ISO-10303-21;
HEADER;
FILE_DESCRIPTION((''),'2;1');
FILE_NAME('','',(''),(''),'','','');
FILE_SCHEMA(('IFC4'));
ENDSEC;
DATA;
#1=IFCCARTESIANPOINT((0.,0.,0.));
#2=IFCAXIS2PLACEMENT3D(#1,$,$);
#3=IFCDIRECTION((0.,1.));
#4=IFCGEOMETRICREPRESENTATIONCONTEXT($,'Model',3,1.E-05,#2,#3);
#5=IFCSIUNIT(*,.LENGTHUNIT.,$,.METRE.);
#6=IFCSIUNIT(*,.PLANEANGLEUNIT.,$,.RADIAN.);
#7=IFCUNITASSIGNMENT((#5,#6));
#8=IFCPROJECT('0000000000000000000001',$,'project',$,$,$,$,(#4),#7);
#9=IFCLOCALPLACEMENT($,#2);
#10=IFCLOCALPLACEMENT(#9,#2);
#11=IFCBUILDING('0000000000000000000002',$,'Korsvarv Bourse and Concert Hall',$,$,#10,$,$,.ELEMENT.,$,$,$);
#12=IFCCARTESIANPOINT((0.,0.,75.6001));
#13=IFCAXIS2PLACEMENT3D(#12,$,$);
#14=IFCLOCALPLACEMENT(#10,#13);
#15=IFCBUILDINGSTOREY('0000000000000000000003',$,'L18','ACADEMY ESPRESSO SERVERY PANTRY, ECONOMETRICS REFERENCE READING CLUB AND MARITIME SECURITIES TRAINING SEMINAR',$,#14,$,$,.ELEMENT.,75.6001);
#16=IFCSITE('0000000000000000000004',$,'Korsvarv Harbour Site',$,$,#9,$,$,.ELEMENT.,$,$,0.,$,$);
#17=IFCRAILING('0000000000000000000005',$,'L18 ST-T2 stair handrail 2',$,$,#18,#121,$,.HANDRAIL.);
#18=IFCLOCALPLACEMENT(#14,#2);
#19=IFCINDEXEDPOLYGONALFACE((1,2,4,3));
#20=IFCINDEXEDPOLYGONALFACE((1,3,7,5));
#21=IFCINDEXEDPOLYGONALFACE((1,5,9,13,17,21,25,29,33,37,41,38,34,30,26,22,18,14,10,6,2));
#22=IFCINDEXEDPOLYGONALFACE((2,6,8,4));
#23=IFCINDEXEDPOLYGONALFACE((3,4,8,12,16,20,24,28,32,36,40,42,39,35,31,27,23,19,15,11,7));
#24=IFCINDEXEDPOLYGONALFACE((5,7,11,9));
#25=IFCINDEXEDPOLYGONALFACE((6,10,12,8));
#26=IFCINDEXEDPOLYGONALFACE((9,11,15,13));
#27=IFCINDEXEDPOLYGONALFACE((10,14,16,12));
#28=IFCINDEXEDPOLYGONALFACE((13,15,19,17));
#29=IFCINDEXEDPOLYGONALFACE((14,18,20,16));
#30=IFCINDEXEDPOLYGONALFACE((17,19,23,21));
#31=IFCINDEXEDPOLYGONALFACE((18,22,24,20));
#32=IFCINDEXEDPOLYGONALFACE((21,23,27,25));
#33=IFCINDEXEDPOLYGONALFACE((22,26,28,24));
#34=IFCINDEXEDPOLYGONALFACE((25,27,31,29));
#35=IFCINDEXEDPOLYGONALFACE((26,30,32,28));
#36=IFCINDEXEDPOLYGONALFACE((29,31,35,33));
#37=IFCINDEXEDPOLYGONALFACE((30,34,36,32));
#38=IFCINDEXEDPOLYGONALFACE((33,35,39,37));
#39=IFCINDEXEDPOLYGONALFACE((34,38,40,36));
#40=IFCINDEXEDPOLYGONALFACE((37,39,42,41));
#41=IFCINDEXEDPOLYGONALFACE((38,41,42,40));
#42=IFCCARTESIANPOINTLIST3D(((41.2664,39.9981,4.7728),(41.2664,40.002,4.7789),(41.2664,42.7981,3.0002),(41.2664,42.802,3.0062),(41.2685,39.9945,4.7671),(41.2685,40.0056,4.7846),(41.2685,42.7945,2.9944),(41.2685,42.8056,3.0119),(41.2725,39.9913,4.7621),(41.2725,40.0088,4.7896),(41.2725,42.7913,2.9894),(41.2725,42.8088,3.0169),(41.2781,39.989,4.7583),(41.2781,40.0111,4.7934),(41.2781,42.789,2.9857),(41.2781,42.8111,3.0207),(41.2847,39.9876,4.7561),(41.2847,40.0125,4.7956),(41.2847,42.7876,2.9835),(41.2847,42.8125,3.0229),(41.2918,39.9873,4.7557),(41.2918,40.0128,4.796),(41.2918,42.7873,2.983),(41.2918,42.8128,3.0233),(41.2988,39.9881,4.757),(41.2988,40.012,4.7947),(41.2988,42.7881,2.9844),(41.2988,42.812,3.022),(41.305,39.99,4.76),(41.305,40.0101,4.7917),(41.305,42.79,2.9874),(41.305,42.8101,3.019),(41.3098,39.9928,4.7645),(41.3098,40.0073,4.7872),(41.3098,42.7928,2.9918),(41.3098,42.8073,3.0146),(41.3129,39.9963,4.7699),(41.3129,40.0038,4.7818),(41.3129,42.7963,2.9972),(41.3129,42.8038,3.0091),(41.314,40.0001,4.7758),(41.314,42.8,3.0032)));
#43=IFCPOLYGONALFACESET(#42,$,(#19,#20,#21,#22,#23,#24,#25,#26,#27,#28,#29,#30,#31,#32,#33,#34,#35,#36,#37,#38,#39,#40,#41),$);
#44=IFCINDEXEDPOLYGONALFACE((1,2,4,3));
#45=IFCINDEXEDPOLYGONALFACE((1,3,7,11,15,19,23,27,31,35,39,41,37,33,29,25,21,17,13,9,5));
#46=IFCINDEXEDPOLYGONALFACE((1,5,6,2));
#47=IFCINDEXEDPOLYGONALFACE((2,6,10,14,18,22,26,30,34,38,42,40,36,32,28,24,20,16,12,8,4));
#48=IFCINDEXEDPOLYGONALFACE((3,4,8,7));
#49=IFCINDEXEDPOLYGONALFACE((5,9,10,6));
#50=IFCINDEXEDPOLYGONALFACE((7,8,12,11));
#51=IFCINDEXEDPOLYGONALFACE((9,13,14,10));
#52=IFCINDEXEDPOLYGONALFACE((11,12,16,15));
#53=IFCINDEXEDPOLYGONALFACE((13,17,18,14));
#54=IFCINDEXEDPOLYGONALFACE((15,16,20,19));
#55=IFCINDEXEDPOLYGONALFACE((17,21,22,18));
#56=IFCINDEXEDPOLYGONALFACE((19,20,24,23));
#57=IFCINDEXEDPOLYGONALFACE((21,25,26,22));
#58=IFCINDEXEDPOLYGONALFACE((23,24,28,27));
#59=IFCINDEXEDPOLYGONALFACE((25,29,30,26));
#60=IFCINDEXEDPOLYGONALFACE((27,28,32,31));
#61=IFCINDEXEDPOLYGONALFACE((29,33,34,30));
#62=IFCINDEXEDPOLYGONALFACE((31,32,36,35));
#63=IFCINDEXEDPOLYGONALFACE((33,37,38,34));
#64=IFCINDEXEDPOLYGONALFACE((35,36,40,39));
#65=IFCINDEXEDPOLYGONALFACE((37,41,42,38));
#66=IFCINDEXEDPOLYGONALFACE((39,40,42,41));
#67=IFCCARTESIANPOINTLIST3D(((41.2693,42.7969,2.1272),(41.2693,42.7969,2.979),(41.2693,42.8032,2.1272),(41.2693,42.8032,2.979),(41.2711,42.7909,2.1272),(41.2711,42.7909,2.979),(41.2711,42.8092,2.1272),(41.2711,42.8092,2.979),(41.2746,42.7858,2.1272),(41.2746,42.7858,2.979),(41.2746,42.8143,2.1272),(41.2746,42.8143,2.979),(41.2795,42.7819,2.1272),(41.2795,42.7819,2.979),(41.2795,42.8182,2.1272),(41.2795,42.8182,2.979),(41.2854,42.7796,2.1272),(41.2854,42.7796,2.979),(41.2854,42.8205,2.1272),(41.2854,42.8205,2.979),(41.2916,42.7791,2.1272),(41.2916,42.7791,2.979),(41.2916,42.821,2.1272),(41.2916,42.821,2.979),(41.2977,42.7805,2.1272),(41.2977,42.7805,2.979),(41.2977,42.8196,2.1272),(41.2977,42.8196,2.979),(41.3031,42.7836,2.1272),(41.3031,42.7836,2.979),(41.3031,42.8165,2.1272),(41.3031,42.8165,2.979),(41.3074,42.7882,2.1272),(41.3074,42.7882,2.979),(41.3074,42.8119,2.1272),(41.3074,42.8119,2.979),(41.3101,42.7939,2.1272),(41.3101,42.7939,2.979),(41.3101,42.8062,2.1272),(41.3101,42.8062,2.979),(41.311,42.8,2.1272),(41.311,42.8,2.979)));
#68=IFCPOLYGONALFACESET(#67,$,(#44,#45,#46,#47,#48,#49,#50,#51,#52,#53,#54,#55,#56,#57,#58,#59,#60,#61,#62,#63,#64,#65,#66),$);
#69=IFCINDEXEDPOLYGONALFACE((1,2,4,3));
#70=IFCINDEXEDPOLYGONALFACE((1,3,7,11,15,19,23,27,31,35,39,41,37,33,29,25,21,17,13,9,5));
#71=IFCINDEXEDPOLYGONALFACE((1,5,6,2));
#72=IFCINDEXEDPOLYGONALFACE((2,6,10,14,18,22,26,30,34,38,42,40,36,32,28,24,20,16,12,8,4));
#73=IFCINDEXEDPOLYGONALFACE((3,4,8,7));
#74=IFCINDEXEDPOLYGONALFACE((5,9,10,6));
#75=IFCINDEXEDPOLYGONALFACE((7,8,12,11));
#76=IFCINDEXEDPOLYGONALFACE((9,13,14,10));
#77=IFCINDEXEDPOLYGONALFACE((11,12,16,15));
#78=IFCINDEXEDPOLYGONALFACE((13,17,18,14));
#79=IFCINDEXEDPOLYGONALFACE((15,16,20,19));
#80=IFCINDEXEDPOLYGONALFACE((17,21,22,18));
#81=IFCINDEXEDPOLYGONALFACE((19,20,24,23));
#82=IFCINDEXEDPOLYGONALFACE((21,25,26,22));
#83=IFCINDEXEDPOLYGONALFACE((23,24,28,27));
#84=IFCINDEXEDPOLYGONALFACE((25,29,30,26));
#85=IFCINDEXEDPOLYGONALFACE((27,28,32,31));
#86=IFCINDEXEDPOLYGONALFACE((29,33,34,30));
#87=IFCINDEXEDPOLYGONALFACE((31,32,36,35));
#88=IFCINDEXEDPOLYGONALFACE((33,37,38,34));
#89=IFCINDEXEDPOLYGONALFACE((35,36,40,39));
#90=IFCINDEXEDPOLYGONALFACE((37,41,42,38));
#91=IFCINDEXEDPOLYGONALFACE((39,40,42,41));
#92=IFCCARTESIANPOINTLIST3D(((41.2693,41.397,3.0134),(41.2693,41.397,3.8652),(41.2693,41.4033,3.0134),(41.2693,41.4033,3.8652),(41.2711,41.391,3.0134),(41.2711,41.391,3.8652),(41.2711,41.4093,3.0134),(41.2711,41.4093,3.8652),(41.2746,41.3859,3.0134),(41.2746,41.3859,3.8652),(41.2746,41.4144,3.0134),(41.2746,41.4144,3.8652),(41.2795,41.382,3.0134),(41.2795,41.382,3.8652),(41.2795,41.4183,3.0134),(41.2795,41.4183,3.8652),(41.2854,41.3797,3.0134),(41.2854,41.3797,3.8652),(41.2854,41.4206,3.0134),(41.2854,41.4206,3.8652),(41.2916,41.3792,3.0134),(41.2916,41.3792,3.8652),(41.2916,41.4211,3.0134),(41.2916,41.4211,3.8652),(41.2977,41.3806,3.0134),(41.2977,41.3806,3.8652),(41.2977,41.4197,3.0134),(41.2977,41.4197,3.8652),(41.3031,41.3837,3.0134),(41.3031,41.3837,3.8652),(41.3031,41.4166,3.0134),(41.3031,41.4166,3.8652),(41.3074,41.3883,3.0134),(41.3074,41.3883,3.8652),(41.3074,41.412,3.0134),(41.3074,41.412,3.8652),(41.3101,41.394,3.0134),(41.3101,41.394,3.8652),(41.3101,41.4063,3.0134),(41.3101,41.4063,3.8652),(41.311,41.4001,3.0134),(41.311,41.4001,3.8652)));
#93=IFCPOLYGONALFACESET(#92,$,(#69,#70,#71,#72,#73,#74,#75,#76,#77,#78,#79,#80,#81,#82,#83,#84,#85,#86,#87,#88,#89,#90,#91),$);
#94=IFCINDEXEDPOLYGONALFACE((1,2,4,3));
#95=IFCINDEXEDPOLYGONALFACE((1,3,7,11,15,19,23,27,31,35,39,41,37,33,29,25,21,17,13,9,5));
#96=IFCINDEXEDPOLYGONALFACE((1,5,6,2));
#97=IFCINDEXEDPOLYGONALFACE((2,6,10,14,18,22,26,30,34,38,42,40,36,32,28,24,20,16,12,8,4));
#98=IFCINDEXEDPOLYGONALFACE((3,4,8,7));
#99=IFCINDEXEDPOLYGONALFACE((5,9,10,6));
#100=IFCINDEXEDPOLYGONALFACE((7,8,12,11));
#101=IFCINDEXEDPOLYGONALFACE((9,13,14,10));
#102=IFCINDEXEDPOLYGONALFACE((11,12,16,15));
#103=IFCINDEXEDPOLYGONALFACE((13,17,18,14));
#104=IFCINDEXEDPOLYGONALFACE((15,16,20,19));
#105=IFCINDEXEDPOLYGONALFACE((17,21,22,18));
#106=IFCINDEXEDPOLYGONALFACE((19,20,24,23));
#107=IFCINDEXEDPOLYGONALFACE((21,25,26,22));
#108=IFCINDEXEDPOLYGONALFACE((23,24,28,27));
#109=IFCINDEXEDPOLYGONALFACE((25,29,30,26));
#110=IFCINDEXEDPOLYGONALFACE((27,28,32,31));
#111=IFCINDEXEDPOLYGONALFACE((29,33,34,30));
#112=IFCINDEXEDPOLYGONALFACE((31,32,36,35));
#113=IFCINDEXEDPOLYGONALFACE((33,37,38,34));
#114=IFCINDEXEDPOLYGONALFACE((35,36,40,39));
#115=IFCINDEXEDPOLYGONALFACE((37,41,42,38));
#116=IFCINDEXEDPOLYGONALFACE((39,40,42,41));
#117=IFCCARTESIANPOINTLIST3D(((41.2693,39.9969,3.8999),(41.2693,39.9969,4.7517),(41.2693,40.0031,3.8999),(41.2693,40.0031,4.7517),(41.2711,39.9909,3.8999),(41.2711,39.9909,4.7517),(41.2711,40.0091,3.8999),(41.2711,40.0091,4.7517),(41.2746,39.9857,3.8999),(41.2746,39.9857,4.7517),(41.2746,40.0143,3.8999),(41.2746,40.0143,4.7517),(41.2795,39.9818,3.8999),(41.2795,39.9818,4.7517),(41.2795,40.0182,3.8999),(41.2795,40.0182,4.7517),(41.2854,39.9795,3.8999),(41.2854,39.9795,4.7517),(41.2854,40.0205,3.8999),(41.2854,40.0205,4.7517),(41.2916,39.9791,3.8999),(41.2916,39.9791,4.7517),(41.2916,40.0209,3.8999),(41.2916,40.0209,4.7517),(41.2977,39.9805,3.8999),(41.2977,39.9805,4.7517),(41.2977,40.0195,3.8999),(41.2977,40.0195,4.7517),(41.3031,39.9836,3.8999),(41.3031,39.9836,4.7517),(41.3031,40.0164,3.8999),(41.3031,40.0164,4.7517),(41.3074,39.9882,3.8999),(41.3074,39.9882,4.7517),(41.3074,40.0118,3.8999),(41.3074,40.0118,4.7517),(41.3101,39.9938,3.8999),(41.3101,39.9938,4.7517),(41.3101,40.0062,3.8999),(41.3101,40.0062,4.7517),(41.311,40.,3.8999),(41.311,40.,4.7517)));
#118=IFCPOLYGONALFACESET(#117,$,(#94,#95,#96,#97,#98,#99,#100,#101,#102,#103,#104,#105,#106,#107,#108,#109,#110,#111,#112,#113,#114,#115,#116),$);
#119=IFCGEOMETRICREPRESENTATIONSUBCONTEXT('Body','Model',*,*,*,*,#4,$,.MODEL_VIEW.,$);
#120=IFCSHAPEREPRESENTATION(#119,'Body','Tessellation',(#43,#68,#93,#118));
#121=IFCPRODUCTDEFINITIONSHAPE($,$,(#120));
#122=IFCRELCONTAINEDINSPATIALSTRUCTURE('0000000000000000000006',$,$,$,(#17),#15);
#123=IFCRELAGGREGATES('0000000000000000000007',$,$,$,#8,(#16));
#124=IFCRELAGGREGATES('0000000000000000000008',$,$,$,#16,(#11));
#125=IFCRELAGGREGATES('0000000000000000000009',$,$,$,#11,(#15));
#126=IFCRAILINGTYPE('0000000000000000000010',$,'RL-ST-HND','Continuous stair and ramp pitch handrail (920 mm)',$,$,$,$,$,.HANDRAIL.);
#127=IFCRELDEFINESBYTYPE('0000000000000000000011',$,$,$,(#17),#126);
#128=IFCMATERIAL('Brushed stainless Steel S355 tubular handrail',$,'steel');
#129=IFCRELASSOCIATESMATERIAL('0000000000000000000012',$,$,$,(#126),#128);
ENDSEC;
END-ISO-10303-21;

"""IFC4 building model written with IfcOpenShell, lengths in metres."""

from ifc_helpers import new_model, si_unit, direction, frame, origin, origin_2d, place, context, subcontext, project, spatial, circle, extrude, material, type_object, element, save


model = new_model("IFC4")

# Units and contexts
model_context = context("Model", 3, precision=1e-05, world=origin(), true_north=direction((0.0, 1.0)))
body_context = subcontext(model_context, "Body", "Model", "MODEL_VIEW")
ifc_project = project(units=[si_unit("LENGTHUNIT", "METRE"), si_unit("PLANEANGLEUNIT", "RADIAN")], contexts=[model_context])

# Site, building, storey
site_placement = place(None, origin())
site = spatial("IfcSite", under=ifc_project, at=site_placement, Name="Korsvarv Harbour Site", CompositionType="ELEMENT", RefElevation=0.0)
building_placement = place(site_placement, origin())
building = spatial("IfcBuilding", under=site, at=building_placement, Name="Korsvarv Bourse and Concert Hall", CompositionType="ELEMENT")
storey_placement = place(building_placement, frame((0.0, 0.0, 75.6001)))
storey = spatial("IfcBuildingStorey", under=building, at=storey_placement, Name="L18", Description="ACADEMY ESPRESSO SERVERY PANTRY, ECONOMETRICS REFERENCE READING CLUB AND MARITIME SECURITIES TRAINING SEMINAR", CompositionType="ELEMENT", Elevation=75.6001)

# Railing
ifc_material_1 = material(Name="Brushed stainless Steel S355 tubular handrail", Category="steel")
railing_type_1 = type_object("IfcRailingType", Name="RL-ST-HND", Description="Continuous stair and ramp pitch handrail (920 mm)", PredefinedType="HANDRAIL", material=ifc_material_1)
railing_1_placement = place(storey_placement, frame((41.29, 42.8, 2.1272)))
element("IfcRailing", 1, at=railing_1_placement, inside=storey, type_object=railing_type_1, Name="L18 ST-T2 stair handrail 2", PredefinedType="HANDRAIL", context=body_context, shape_type="SweptSolid", body=[
    extrude(circle(Radius=0.0239, at=origin_2d()), frame((0.0, 0.0, 0.876), z_axis=(0.0, -0.844909, 0.53491), x_axis=(1.0, 0.0, 0.0)), (0.0, 0.0, 1.0), 3.314),
    extrude(circle(Radius=0.021, at=origin_2d()), origin(), (0.0, 0.0, 1.0), 0.8518),
    extrude(circle(Radius=0.021, at=origin_2d()), frame((0.0, -1.3999, 0.8862)), (0.0, 0.0, 1.0), 0.8518),
    extrude(circle(Radius=0.021, at=origin_2d()), frame((0.0, -2.8, 1.7727)), (0.0, 0.0, 1.0), 0.8518),
])

save(model, "model.ifc")
